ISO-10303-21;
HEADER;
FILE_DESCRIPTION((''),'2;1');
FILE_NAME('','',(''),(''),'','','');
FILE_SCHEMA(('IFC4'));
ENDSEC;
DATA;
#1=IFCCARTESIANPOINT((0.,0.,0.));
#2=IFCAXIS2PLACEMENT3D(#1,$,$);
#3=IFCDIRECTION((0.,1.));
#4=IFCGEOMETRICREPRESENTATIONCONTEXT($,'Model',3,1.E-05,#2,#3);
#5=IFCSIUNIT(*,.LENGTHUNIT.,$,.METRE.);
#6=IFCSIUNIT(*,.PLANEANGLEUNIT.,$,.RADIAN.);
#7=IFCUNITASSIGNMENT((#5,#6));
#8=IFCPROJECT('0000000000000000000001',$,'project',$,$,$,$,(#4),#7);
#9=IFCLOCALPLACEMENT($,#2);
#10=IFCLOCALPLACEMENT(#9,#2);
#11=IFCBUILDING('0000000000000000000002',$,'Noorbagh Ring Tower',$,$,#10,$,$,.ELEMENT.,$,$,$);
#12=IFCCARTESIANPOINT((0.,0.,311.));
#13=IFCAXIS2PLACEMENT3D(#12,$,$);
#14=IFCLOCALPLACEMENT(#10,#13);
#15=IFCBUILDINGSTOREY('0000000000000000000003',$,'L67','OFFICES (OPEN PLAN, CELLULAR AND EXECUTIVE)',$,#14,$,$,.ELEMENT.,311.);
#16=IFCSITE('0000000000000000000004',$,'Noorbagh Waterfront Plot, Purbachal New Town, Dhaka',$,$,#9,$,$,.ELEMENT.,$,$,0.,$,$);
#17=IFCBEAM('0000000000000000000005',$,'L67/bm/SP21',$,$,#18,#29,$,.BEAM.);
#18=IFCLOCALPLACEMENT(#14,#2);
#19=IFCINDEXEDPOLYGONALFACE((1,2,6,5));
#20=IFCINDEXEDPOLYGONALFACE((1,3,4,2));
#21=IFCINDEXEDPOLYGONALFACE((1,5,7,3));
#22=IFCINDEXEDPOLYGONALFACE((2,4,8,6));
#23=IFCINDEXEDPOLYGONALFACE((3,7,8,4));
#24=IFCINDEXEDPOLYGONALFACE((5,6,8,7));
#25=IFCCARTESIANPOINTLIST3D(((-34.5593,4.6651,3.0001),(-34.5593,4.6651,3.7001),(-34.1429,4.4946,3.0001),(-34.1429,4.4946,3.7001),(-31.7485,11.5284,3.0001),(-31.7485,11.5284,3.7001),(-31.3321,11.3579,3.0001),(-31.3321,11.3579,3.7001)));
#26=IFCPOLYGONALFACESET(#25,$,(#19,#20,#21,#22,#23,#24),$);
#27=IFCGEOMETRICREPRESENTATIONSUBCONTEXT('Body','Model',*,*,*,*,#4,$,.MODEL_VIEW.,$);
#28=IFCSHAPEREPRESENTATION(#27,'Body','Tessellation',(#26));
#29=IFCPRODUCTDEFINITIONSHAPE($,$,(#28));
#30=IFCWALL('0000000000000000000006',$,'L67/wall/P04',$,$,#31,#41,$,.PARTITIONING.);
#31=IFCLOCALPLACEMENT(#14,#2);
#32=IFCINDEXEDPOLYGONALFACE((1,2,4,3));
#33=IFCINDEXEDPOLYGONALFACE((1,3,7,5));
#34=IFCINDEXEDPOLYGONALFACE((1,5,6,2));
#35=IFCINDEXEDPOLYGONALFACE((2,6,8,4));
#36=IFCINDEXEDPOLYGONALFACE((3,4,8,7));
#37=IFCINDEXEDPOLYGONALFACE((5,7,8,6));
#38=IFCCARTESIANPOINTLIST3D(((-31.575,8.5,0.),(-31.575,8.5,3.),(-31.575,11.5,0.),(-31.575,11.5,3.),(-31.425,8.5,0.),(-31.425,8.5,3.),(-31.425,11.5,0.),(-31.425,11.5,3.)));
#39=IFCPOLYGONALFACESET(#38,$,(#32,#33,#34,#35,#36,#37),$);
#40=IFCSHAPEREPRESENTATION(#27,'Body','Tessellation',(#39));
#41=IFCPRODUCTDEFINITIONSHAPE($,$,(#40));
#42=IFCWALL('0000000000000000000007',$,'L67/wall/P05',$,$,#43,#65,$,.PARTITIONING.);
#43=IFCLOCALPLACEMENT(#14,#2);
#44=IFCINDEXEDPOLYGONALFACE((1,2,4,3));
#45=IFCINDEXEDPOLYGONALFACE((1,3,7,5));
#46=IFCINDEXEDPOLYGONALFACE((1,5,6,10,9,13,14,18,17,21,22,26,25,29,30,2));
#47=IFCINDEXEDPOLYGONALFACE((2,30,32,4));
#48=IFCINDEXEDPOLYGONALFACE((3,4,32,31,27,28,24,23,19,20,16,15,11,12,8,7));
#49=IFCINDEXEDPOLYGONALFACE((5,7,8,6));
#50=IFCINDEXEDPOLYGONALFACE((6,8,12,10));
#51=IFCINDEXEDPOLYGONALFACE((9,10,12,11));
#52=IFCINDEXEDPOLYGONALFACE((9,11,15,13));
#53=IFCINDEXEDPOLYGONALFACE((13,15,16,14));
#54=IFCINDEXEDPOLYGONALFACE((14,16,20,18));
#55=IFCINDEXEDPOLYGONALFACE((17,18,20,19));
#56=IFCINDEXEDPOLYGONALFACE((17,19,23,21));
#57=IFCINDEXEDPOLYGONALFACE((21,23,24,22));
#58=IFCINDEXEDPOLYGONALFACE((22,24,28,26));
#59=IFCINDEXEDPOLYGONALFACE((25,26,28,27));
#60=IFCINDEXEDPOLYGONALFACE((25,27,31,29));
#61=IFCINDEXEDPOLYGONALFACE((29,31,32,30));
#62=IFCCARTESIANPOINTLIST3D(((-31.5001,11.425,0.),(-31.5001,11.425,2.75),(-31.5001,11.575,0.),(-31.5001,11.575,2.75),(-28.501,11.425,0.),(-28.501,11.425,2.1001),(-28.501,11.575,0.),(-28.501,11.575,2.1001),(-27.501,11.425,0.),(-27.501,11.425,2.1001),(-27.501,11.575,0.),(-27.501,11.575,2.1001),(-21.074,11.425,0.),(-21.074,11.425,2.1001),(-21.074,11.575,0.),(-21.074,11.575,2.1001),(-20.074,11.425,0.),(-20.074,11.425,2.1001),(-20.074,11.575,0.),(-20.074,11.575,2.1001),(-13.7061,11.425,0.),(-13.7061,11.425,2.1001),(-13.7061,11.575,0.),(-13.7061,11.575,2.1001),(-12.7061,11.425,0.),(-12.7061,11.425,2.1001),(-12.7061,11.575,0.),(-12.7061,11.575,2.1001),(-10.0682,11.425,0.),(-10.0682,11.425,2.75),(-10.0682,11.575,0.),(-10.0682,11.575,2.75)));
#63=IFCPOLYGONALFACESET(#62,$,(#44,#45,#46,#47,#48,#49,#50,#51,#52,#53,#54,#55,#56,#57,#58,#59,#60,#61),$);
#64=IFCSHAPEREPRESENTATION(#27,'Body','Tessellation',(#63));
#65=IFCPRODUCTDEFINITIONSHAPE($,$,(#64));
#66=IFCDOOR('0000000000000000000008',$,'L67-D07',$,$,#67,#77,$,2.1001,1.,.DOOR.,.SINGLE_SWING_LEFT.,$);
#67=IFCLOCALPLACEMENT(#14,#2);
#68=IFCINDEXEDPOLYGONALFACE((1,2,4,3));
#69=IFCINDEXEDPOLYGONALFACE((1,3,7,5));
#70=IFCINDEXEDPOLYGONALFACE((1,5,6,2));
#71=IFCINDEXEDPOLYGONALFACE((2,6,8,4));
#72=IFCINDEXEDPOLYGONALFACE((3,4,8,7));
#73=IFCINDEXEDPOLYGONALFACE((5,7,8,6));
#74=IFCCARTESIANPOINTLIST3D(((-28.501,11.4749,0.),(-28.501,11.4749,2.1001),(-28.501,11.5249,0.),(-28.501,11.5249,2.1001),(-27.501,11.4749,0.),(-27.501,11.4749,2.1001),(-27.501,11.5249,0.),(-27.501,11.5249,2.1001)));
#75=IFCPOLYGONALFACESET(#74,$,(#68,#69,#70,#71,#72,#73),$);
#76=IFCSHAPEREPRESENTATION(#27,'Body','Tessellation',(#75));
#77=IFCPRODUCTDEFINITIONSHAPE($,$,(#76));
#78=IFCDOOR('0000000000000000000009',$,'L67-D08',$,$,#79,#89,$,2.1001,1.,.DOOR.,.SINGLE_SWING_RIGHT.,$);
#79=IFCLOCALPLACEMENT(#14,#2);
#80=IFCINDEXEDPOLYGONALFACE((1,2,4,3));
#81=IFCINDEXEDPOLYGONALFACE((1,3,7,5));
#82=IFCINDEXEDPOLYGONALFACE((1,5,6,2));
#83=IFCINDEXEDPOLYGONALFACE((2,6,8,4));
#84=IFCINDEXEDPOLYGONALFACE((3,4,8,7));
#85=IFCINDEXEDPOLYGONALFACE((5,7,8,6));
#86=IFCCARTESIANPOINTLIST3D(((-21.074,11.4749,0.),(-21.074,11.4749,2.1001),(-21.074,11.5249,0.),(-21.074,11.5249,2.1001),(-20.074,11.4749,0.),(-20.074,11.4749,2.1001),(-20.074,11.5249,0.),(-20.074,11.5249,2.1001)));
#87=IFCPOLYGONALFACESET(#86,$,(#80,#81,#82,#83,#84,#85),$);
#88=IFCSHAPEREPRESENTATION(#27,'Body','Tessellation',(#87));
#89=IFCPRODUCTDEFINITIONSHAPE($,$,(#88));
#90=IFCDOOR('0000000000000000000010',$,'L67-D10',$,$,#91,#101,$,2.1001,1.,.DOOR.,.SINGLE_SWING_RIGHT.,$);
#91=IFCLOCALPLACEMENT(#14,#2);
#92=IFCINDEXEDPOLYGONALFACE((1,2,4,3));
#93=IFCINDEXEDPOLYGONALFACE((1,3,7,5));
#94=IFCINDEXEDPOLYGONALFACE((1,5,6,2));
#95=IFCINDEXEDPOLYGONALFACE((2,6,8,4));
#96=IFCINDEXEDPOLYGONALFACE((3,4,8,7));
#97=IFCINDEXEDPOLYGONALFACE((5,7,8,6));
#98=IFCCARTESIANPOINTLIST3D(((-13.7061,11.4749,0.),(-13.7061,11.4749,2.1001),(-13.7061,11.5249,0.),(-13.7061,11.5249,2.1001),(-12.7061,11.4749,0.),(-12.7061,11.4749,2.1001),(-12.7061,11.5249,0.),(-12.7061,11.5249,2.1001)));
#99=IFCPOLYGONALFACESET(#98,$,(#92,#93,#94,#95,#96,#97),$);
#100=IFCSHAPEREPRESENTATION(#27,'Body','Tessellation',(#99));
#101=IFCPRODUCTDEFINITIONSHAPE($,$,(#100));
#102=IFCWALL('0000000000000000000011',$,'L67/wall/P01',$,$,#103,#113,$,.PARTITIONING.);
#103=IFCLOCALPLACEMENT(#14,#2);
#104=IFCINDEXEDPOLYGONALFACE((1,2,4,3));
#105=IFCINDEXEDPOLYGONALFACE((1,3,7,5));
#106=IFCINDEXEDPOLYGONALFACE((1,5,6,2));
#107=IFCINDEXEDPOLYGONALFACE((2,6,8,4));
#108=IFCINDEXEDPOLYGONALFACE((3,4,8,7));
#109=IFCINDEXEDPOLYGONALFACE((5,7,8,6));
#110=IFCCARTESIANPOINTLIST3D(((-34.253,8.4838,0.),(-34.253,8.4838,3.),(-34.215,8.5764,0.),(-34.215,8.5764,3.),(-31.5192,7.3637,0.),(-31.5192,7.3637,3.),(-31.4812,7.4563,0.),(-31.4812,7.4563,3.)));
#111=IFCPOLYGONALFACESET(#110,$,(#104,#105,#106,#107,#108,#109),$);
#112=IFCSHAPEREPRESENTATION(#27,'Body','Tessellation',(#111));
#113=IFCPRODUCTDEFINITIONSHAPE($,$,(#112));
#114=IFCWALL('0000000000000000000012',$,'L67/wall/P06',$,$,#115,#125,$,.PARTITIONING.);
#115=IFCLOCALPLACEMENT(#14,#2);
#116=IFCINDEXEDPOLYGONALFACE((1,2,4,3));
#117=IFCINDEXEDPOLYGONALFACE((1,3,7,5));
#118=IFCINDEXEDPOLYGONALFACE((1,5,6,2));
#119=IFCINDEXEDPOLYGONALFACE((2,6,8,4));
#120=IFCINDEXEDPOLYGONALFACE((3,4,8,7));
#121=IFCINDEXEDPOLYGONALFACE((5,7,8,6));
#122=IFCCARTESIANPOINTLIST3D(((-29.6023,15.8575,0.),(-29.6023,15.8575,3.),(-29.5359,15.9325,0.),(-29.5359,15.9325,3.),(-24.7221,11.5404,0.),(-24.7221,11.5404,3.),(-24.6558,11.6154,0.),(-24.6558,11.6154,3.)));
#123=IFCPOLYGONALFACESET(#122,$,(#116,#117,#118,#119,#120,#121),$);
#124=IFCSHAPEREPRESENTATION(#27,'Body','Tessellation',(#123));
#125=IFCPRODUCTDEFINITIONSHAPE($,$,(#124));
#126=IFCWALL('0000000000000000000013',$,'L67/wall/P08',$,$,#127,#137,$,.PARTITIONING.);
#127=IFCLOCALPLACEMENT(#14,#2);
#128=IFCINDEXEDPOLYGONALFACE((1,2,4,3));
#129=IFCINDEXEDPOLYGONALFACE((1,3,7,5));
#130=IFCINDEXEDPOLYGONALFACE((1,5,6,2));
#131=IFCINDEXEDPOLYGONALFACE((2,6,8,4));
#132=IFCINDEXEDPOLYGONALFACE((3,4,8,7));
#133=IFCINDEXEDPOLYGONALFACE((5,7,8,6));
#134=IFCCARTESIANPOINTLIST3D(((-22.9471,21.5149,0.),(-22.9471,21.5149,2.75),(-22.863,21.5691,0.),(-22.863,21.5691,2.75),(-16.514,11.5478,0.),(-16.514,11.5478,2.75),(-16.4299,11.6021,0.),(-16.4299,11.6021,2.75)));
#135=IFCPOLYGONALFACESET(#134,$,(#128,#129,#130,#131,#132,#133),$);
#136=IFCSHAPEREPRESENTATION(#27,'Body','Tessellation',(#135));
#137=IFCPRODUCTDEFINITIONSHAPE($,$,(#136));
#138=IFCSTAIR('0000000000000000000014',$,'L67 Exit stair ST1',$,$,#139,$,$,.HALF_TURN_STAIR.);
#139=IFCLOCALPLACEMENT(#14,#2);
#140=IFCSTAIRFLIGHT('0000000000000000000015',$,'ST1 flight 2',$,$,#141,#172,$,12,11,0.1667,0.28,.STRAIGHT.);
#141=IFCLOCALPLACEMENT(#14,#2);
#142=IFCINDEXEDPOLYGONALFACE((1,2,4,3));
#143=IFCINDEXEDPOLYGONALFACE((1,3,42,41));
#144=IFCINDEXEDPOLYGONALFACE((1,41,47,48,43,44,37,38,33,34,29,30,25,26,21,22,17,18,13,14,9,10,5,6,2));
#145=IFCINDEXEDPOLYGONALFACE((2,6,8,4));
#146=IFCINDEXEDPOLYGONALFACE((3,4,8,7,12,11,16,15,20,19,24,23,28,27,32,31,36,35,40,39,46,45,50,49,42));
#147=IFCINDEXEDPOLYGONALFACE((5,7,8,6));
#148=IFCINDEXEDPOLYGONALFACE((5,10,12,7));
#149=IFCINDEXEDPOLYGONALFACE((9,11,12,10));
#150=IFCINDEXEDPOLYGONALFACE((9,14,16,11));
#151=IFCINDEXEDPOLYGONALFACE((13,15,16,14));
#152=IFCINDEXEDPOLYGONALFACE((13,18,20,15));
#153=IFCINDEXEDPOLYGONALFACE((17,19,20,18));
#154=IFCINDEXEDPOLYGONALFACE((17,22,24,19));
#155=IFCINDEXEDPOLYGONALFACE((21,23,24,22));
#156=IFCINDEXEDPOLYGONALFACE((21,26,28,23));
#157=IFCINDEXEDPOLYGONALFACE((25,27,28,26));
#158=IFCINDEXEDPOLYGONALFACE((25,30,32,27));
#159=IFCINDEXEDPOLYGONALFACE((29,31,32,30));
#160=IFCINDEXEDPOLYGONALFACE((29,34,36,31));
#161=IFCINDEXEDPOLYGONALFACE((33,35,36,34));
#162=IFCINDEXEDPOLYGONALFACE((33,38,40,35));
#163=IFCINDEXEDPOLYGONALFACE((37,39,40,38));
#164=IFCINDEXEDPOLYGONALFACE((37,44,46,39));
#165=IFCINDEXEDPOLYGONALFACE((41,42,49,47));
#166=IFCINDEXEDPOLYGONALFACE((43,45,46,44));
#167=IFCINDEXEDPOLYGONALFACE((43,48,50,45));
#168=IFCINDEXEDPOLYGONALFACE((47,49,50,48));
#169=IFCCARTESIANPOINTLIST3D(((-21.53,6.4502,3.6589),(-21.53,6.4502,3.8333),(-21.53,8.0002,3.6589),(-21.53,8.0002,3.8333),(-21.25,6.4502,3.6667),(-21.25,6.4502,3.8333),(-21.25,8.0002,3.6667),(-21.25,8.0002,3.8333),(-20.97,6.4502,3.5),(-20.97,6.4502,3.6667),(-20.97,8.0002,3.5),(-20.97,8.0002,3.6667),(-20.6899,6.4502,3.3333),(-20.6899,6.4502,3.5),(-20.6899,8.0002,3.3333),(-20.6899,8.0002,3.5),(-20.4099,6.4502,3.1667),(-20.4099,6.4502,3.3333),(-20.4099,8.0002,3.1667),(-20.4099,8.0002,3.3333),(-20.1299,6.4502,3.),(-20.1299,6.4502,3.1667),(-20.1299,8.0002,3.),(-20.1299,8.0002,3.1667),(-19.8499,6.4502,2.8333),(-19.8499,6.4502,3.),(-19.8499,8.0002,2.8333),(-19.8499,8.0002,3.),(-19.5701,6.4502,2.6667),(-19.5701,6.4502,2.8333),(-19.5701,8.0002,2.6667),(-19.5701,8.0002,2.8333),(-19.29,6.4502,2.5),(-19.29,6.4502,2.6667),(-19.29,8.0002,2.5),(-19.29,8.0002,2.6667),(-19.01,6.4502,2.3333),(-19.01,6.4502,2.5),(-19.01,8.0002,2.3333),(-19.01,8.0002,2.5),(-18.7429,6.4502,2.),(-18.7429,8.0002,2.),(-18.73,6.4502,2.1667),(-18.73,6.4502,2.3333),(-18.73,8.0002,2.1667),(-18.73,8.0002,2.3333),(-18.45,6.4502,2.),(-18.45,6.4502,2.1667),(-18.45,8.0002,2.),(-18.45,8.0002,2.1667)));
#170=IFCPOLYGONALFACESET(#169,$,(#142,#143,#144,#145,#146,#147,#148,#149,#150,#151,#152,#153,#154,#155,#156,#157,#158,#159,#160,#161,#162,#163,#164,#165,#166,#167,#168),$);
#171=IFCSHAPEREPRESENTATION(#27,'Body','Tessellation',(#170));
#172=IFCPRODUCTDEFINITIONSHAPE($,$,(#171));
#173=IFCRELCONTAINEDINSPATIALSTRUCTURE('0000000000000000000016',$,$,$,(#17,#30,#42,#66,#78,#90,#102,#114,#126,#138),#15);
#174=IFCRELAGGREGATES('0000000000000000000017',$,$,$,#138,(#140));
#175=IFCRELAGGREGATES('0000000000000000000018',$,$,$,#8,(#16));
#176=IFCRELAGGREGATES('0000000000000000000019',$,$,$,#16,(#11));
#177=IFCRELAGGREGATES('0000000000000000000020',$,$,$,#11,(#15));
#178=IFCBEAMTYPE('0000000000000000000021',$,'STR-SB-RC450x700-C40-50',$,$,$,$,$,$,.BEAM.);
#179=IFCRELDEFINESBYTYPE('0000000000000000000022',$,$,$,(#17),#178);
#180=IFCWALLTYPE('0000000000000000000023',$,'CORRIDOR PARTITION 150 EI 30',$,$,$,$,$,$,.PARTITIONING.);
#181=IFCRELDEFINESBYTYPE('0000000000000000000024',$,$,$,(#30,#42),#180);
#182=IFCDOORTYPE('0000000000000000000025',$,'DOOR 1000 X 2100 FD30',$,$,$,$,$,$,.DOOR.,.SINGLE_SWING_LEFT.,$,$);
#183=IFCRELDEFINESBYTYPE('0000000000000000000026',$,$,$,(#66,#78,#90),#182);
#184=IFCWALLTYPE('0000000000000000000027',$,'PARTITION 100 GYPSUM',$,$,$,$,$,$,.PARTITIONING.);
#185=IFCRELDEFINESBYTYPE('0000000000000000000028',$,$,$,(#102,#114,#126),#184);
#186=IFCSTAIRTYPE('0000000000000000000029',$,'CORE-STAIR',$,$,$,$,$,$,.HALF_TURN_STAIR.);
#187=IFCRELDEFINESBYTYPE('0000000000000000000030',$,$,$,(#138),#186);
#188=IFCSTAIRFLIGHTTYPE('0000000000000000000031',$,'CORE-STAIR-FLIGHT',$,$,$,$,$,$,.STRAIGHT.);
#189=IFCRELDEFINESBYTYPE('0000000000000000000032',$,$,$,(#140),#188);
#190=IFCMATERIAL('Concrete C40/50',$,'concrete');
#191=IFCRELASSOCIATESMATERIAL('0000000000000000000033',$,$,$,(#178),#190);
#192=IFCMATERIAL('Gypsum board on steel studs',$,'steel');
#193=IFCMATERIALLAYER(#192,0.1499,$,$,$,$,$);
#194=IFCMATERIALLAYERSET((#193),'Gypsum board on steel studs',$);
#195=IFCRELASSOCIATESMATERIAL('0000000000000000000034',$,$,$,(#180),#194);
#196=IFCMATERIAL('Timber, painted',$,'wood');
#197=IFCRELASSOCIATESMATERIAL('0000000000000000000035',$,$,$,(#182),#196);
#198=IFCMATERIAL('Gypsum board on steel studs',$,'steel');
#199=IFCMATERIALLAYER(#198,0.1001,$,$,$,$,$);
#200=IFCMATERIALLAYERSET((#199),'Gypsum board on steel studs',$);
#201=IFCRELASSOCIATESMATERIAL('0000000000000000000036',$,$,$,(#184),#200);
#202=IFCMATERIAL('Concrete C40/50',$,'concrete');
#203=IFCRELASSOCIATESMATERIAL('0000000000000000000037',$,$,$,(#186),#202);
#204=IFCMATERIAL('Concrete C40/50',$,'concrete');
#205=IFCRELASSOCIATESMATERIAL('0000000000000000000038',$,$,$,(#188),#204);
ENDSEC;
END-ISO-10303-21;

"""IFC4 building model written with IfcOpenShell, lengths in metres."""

from ifc_helpers import new_model, si_unit, direction, frame, frame_2d, origin, origin_2d, place, context, subcontext, project, spatial, polyline, rectangle, outline, extrude, material, layer, layer_set, material_profile, profile_set, type_object, element, fill, aggregate, save


model = new_model("IFC4")

# Units and contexts
model_context = context("Model", 3, precision=1e-05, world=origin(), true_north=direction((0.0, 1.0)))
body_context = subcontext(model_context, "Body", "Model", "MODEL_VIEW")
ifc_project = project(units=[si_unit("LENGTHUNIT", "METRE"), si_unit("PLANEANGLEUNIT", "RADIAN")], contexts=[model_context])

# Site, building, storey
site_placement = place(None, origin())
site = spatial("IfcSite", under=ifc_project, at=site_placement, Name="Noorbagh Waterfront Plot, Purbachal New Town, Dhaka", CompositionType="ELEMENT", RefElevation=0.0)
building_placement = place(site_placement, origin())
building = spatial("IfcBuilding", under=site, at=building_placement, Name="Noorbagh Ring Tower", CompositionType="ELEMENT")
storey_placement = place(building_placement, frame((0.0, 0.0, 311.0)))
storey = spatial("IfcBuildingStorey", under=building, at=storey_placement, Name="L67", Description="OFFICES (OPEN PLAN, CELLULAR AND EXECUTIVE)", CompositionType="ELEMENT", Elevation=311.0)

# Beam
ifc_material_1 = material(Name="Concrete C40/50", Category="concrete")
ifc_material_profile_1 = material_profile(ifc_material_1, rectangle(XDim=0.45, YDim=0.7, at=origin_2d()), Name="RC450x700")
ifc_profile_set_1 = profile_set([ifc_material_profile_1], Name="Concrete C40/50")
beam_type_1 = type_object("IfcBeamType", Name="STR-SB-RC450x700-C40-50", PredefinedType="BEAM", material=ifc_profile_set_1)
beam_1_placement = place(storey_placement, frame((-31.5403, 11.4431, 3.3501), z_axis=(-0.378989, -0.925401, 0.0), x_axis=(0.925401, -0.378989, 0.0)))
element("IfcBeam", 1, at=beam_1_placement, inside=storey, type_object=beam_type_1, Name="L67/bm/SP21", PredefinedType="BEAM", context=body_context, shape_type="SweptSolid", body=[
    extrude(rectangle(XDim=0.45, YDim=0.7, at=origin_2d()), origin(), (0.0, 0.0, 1.0), 7.4165),
])

# Wall
ifc_material_2 = material(Name="Gypsum board on steel studs", Category="steel")
ifc_layer_1 = layer(ifc_material_2, 0.1499)
ifc_layer_set_1 = layer_set([ifc_layer_1], Name="Gypsum board on steel studs")
wall_type_1 = type_object("IfcWallType", Name="CORRIDOR PARTITION 150 EI 30", PredefinedType="PARTITIONING", material=ifc_layer_set_1)
wall_1_placement = place(storey_placement, frame((-31.5, 8.5, 0.0), z_axis=(0.0, 0.0, 1.0), x_axis=(0.0, 1.0, 0.0)))
element("IfcWall", 2, at=wall_1_placement, inside=storey, type_object=wall_type_1, Name="L67/wall/P04", PredefinedType="PARTITIONING", context=body_context, shape_type="SweptSolid", body=[
    extrude(rectangle(XDim=3.0, YDim=0.1499, at=frame_2d((1.5, 0.0))), origin(), (0.0, 0.0, 1.0), 3.0),
])

# Wall, openings, doors
wall_2_placement = place(storey_placement, frame((-31.5, 11.5, 0.0), z_axis=(0.0, 0.0, 1.0), x_axis=(1.0, 0.0, 0.0)))
wall_2 = element("IfcWall", 3, at=wall_2_placement, inside=storey, type_object=wall_type_1, Name="L67/wall/P05", PredefinedType="PARTITIONING", context=body_context, shape_type="SweptSolid", body=[
    extrude(rectangle(XDim=21.4319, YDim=0.1499, at=frame_2d((10.7158, 0.0))), origin(), (0.0, 0.0, 1.0), 2.75),
])
opening_1_placement = place(wall_2_placement, frame((2.999, 0.0, 0.0)))
opening_1 = element("IfcOpeningElement", 4, at=opening_1_placement, cuts=wall_2, PredefinedType="OPENING", context=body_context, shape_type="SweptSolid", body=[
    extrude(rectangle(XDim=1.0, YDim=2.1001, at=frame_2d((0.5, 1.05))), frame((0.0, 0.085, 0.0), z_axis=(0.0, -1.0, 0.0), x_axis=(1.0, 0.0, 0.0)), (0.0, 0.0, 1.0), 0.1699),
])
opening_2_placement = place(wall_2_placement, frame((10.426, 0.0, 0.0)))
opening_2 = element("IfcOpeningElement", 5, at=opening_2_placement, cuts=wall_2, PredefinedType="OPENING", context=body_context, shape_type="SweptSolid", body=[
    extrude(rectangle(XDim=1.0, YDim=2.1001, at=frame_2d((0.5, 1.05))), frame((0.0, 0.085, 0.0), z_axis=(0.0, -1.0, 0.0), x_axis=(1.0, 0.0, 0.0)), (0.0, 0.0, 1.0), 0.1699),
])
opening_3_placement = place(wall_2_placement, frame((17.7939, 0.0, 0.0)))
opening_3 = element("IfcOpeningElement", 6, at=opening_3_placement, cuts=wall_2, PredefinedType="OPENING", context=body_context, shape_type="SweptSolid", body=[
    extrude(rectangle(XDim=1.0, YDim=2.1001, at=frame_2d((0.5, 1.05))), frame((0.0, 0.085, 0.0), z_axis=(0.0, -1.0, 0.0), x_axis=(1.0, 0.0, 0.0)), (0.0, 0.0, 1.0), 0.1699),
])
ifc_material_3 = material(Name="Timber, painted", Category="wood")
door_type = type_object("IfcDoorType", Name="DOOR 1000 X 2100 FD30", OperationType="SINGLE_SWING_LEFT", PredefinedType="DOOR", material=ifc_material_3)
door_1_placement = place(opening_1_placement, origin())
door_1 = element("IfcDoor", 7, at=door_1_placement, inside=storey, type_object=door_type, Name="L67-D07", OperationType="SINGLE_SWING_LEFT", OverallHeight=2.1001, OverallWidth=1.0, PredefinedType="DOOR", context=body_context, shape_type="SweptSolid", body=[
    extrude(rectangle(XDim=1.0, YDim=2.1001, at=frame_2d((0.5, 1.05))), frame((0.0, 0.0249, 0.0), z_axis=(0.0, -1.0, 0.0), x_axis=(1.0, 0.0, 0.0)), (0.0, 0.0, 1.0), 0.05),
])
fill(opening_1, door_1)
door_2_placement = place(opening_2_placement, origin())
door_2 = element("IfcDoor", 8, at=door_2_placement, inside=storey, type_object=door_type, Name="L67-D08", OperationType="SINGLE_SWING_RIGHT", OverallHeight=2.1001, OverallWidth=1.0, PredefinedType="DOOR", context=body_context, shape_type="SweptSolid", body=[
    extrude(rectangle(XDim=1.0, YDim=2.1001, at=frame_2d((0.5, 1.05))), frame((0.0, 0.0249, 0.0), z_axis=(0.0, -1.0, 0.0), x_axis=(1.0, 0.0, 0.0)), (0.0, 0.0, 1.0), 0.05),
])
fill(opening_2, door_2)
door_3_placement = place(opening_3_placement, origin())
door_3 = element("IfcDoor", 9, at=door_3_placement, inside=storey, type_object=door_type, Name="L67-D10", OperationType="SINGLE_SWING_RIGHT", OverallHeight=2.1001, OverallWidth=1.0, PredefinedType="DOOR", context=body_context, shape_type="SweptSolid", body=[
    extrude(rectangle(XDim=1.0, YDim=2.1001, at=frame_2d((0.5, 1.05))), frame((0.0, 0.0249, 0.0), z_axis=(0.0, -1.0, 0.0), x_axis=(1.0, 0.0, 0.0)), (0.0, 0.0, 1.0), 0.05),
])
fill(opening_3, door_3)

# Walls
ifc_material_4 = material(Name="Gypsum board on steel studs", Category="steel")
ifc_layer_2 = layer(ifc_material_4, 0.1001)
ifc_layer_set_2 = layer_set([ifc_layer_2], Name="Gypsum board on steel studs")
wall_type_2 = type_object("IfcWallType", Name="PARTITION 100 GYPSUM", PredefinedType="PARTITIONING", material=ifc_layer_set_2)
wall_3_placement = place(storey_placement, frame((-34.2339, 8.53, 0.0), z_axis=(0.0, 0.0, 1.0), x_axis=(0.925344, -0.379128, 0.0)))
element("IfcWall", 10, at=wall_3_placement, inside=storey, type_object=wall_type_2, Name="L67/wall/P01", PredefinedType="PARTITIONING", context=body_context, shape_type="SweptSolid", body=[
    extrude(rectangle(XDim=2.9543, YDim=0.1001, at=frame_2d((1.4771, 0.0))), origin(), (0.0, 0.0, 1.0), 3.0),
])
wall_4_placement = place(storey_placement, frame((-29.5691, 15.895, 0.0), z_axis=(0.0, 0.0, 1.0), x_axis=(0.748989, -0.662583, 0.0)))
element("IfcWall", 11, at=wall_4_placement, inside=storey, type_object=wall_type_2, Name="L67/wall/P06", PredefinedType="PARTITIONING", context=body_context, shape_type="SweptSolid", body=[
    extrude(rectangle(XDim=6.5156, YDim=0.1001, at=frame_2d((3.2578, 0.0))), origin(), (0.0, 0.0, 1.0), 3.0),
])
wall_5_placement = place(storey_placement, frame((-22.905, 21.542, 0.0), z_axis=(0.0, 0.0, 1.0), x_axis=(0.542291, -0.840191, 0.0)))
element("IfcWall", 12, at=wall_5_placement, inside=storey, type_object=wall_type_2, Name="L67/wall/P08", PredefinedType="PARTITIONING", context=body_context, shape_type="SweptSolid", body=[
    extrude(rectangle(XDim=11.8628, YDim=0.1001, at=frame_2d((5.9314, 0.0))), origin(), (0.0, 0.0, 1.0), 2.75),
])

# Stair, stair flight
ifc_material_5 = material(Name="Concrete C40/50", Category="concrete")
stair_type = type_object("IfcStairType", Name="CORE-STAIR", PredefinedType="HALF_TURN_STAIR", material=ifc_material_5)
stair_placement = place(storey_placement, origin())
stair = element("IfcStair", 13, at=stair_placement, inside=storey, type_object=stair_type, Name="L67 Exit stair ST1", PredefinedType="HALF_TURN_STAIR")
ifc_material_6 = material(Name="Concrete C40/50", Category="concrete")
stair_flight_type = type_object("IfcStairFlightType", Name="CORE-STAIR-FLIGHT", PredefinedType="STRAIGHT", material=ifc_material_6)
stair_flight_placement = place(storey_placement, frame((-18.45, 7.2251, 2.0), z_axis=(0.0, 0.0, 1.0), x_axis=(-1.0, 0.0, 0.0)))
stair_flight = element("IfcStairFlight", 14, at=stair_flight_placement, type_object=stair_flight_type, Name="ST1 flight 2", NumberOfRisers=12, NumberOfTreads=11, PredefinedType="STRAIGHT", RiserHeight=0.1667, TreadLength=0.28, context=body_context, shape_type="SweptSolid", body=[
    extrude(outline(polyline([(0.0, 0.0), (0.0, 0.1667), (0.28, 0.1667), (0.28, 0.3333), (0.5601, 0.3333), (0.5601, 0.5), (0.8401, 0.5), (0.8401, 0.6667), (1.1201, 0.6667), (1.1201, 0.8333), (1.3999, 0.8333), (1.3999, 1.0), (1.6799, 1.0), (1.6799, 1.1667), (1.96, 1.1667), (1.96, 1.3333), (2.24, 1.3333), (2.24, 1.5), (2.52, 1.5), (2.52, 1.6667), (2.8, 1.6667), (2.8, 1.8333), (3.0801, 1.8333), (3.0801, 2.0), (3.0801, 1.6589), (0.293, 0.0), (0.0, 0.0)])), frame((0.0, 0.7749, 0.0), z_axis=(0.0, -1.0, 0.0), x_axis=(1.0, 0.0, 0.0)), (0.0, 0.0, 1.0), 1.55),
])
aggregate(stair, [stair_flight])

save(model, "model.ifc")
